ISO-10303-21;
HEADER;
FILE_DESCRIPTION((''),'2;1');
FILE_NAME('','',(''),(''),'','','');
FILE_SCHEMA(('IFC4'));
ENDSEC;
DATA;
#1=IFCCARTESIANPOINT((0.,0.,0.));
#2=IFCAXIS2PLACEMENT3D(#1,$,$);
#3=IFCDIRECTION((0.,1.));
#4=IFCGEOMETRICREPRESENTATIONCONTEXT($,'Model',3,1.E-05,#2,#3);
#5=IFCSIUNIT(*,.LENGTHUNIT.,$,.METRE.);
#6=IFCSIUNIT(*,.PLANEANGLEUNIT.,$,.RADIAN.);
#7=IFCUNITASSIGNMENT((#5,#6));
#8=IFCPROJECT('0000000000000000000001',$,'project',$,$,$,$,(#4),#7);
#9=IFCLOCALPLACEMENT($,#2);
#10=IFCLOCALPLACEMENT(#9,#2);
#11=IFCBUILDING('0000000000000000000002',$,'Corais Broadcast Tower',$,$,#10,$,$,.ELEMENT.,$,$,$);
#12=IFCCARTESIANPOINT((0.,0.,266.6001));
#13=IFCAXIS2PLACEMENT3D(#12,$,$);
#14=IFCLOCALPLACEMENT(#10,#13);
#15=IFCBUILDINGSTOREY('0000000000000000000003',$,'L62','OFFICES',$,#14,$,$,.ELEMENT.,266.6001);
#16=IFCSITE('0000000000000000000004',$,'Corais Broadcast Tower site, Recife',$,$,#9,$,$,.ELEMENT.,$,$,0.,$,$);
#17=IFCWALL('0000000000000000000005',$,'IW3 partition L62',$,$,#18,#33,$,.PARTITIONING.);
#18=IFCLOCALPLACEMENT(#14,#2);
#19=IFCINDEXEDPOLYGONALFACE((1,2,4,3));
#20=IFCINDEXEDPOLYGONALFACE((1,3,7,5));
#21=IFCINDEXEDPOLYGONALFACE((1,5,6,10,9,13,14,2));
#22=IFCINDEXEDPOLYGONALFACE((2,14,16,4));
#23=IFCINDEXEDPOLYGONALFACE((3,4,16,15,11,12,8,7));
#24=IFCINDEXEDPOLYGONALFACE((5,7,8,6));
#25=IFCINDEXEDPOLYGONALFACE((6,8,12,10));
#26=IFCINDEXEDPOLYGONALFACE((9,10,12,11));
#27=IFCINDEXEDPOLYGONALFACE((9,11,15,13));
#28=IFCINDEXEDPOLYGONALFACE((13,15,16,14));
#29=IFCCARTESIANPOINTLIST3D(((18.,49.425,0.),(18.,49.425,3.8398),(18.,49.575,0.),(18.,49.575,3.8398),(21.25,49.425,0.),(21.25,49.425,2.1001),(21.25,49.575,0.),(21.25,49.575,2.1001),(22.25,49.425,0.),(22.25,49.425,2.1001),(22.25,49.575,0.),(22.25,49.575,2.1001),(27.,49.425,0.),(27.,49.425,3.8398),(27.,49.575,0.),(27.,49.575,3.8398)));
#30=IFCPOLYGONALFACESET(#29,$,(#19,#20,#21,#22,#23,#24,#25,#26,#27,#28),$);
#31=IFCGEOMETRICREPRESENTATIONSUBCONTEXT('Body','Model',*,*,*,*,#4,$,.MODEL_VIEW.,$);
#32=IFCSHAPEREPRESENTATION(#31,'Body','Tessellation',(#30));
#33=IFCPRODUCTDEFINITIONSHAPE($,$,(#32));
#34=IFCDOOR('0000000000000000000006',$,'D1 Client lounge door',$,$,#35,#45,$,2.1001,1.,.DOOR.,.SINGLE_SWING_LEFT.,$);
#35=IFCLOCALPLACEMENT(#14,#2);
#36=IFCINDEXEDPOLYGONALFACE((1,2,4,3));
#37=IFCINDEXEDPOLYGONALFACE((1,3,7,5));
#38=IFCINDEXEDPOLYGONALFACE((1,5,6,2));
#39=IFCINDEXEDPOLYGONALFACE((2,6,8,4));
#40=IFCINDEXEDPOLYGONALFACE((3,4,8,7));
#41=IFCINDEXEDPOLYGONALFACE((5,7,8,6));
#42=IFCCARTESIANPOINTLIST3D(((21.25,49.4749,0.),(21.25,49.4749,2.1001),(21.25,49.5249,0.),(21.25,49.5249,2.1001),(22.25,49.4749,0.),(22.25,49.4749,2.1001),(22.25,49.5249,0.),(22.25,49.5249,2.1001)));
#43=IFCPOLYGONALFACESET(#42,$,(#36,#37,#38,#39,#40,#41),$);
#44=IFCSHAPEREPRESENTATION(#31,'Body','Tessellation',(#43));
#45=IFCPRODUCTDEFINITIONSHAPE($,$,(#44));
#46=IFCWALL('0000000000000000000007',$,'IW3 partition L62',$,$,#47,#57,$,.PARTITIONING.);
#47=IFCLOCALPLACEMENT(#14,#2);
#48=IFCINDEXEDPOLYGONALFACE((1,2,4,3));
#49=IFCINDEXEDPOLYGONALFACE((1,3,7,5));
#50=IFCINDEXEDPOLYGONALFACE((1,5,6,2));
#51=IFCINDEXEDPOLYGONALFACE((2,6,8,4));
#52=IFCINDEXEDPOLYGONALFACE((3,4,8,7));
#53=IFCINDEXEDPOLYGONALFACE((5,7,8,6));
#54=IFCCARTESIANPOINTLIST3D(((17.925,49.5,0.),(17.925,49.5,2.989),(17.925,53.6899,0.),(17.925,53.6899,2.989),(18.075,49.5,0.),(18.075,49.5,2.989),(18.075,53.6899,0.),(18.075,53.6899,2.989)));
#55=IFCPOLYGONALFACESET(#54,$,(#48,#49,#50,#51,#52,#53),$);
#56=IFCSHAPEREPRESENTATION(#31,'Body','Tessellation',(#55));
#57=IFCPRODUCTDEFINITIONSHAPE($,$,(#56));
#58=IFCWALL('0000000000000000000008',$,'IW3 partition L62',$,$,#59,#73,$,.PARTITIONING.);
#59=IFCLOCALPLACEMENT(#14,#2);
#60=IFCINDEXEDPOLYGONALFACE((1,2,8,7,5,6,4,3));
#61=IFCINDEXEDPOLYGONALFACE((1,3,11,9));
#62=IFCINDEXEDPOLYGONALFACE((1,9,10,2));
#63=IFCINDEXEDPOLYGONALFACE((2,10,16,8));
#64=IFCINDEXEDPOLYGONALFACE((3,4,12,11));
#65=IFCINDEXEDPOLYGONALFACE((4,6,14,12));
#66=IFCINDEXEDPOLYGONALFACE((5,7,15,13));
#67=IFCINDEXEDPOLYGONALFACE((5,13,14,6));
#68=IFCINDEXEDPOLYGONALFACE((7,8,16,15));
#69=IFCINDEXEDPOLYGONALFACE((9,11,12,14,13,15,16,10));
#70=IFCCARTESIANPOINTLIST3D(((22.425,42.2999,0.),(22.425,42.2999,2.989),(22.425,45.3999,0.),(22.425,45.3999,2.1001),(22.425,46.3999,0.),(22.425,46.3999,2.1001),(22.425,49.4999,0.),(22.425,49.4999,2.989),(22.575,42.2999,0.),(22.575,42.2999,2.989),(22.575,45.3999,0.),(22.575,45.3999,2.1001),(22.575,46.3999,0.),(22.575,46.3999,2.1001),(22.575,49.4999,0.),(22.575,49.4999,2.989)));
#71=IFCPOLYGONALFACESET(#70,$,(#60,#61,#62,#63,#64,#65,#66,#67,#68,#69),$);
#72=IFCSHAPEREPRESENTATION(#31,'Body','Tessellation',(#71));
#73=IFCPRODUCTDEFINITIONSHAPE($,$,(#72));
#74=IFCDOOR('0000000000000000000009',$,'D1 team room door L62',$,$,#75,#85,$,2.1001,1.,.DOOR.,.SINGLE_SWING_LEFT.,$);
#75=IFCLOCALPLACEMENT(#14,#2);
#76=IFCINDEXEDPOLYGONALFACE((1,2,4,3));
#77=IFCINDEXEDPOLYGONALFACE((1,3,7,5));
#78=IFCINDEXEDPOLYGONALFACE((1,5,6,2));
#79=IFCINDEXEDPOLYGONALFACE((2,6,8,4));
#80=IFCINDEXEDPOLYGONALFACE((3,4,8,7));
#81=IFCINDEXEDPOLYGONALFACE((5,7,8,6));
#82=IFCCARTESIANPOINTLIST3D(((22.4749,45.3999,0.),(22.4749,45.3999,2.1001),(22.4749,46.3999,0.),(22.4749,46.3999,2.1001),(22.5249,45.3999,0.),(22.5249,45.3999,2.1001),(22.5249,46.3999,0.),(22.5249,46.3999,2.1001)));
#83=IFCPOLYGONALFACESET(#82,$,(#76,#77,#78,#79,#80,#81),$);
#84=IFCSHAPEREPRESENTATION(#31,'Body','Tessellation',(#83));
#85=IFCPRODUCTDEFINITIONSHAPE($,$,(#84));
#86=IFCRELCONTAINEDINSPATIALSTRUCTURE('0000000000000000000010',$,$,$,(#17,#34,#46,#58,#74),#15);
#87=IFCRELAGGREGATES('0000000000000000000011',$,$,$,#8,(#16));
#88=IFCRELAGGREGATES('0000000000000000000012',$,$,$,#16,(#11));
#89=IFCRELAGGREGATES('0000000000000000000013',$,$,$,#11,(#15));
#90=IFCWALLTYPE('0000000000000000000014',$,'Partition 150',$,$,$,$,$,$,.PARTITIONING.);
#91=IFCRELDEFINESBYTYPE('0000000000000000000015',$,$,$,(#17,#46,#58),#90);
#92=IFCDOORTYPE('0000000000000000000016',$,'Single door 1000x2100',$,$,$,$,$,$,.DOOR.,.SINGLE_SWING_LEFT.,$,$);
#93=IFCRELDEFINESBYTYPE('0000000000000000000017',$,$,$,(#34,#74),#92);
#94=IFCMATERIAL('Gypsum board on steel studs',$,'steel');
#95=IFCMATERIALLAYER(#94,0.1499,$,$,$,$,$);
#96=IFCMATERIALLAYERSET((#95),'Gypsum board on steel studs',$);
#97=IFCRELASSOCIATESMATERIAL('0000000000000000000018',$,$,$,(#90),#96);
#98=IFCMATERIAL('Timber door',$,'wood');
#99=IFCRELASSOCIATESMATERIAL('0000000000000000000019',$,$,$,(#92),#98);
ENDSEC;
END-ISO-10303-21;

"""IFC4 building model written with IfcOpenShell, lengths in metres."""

from ifc_helpers import new_model, si_unit, direction, frame, frame_2d, origin, place, context, subcontext, project, spatial, rectangle, extrude, material, layer, layer_set, type_object, element, fill, save


model = new_model("IFC4")

# Units and contexts
model_context = context("Model", 3, precision=1e-05, world=origin(), true_north=direction((0.0, 1.0)))
body_context = subcontext(model_context, "Body", "Model", "MODEL_VIEW")
ifc_project = project(units=[si_unit("LENGTHUNIT", "METRE"), si_unit("PLANEANGLEUNIT", "RADIAN")], contexts=[model_context])

# Site, building, storey
site_placement = place(None, origin())
site = spatial("IfcSite", under=ifc_project, at=site_placement, Name="Corais Broadcast Tower site, Recife", CompositionType="ELEMENT", RefElevation=0.0)
building_placement = place(site_placement, origin())
building = spatial("IfcBuilding", under=site, at=building_placement, Name="Corais Broadcast Tower", CompositionType="ELEMENT")
storey_placement = place(building_placement, frame((0.0, 0.0, 266.6001)))
storey = spatial("IfcBuildingStorey", under=building, at=storey_placement, Name="L62", Description="OFFICES", CompositionType="ELEMENT", Elevation=266.6001)

# Wall, opening, door
ifc_material_1 = material(Name="Gypsum board on steel studs", Category="steel")
ifc_layer_1 = layer(ifc_material_1, 0.1499)
ifc_layer_set_1 = layer_set([ifc_layer_1], Name="Gypsum board on steel studs")
wall_type = type_object("IfcWallType", Name="Partition 150", PredefinedType="PARTITIONING", material=ifc_layer_set_1)
wall_1_placement = place(storey_placement, frame((18.0, 49.5, 0.0), z_axis=(0.0, 0.0, 1.0), x_axis=(1.0, 0.0, 0.0)))
wall_1 = element("IfcWall", 1, at=wall_1_placement, inside=storey, type_object=wall_type, Name="IW3 partition L62", PredefinedType="PARTITIONING", context=body_context, shape_type="SweptSolid", body=[
    extrude(rectangle(XDim=9.0, YDim=0.1499, at=frame_2d((4.5, 0.0))), origin(), (0.0, 0.0, 1.0), 3.8398),
])
opening_1_placement = place(wall_1_placement, frame((3.25, 0.0, 0.0)))
opening_1 = element("IfcOpeningElement", 2, at=opening_1_placement, cuts=wall_1, PredefinedType="OPENING", context=body_context, shape_type="SweptSolid", body=[
    extrude(rectangle(XDim=1.0, YDim=2.1001, at=frame_2d((0.5, 1.05))), frame((0.0, 0.085, 0.0), z_axis=(0.0, -1.0, 0.0), x_axis=(1.0, 0.0, 0.0)), (0.0, 0.0, 1.0), 0.1699),
])
ifc_material_2 = material(Name="Timber door", Category="wood")
door_type = type_object("IfcDoorType", Name="Single door 1000x2100", OperationType="SINGLE_SWING_LEFT", PredefinedType="DOOR", material=ifc_material_2)
door_1_placement = place(opening_1_placement, origin())
door_1 = element("IfcDoor", 3, at=door_1_placement, inside=storey, type_object=door_type, Name="D1 Client lounge door", OperationType="SINGLE_SWING_LEFT", OverallHeight=2.1001, OverallWidth=1.0, PredefinedType="DOOR", context=body_context, shape_type="SweptSolid", body=[
    extrude(rectangle(XDim=1.0, YDim=2.1001, at=frame_2d((0.5, 1.05))), frame((0.0, 0.0249, 0.0), z_axis=(0.0, -1.0, 0.0), x_axis=(1.0, 0.0, 0.0)), (0.0, 0.0, 1.0), 0.05),
])
fill(opening_1, door_1)

# Wall
wall_2_placement = place(storey_placement, frame((18.0, 53.6899, 0.0), z_axis=(0.0, 0.0, 1.0), x_axis=(0.0, -1.0, 0.0)))
element("IfcWall", 4, at=wall_2_placement, inside=storey, type_object=wall_type, Name="IW3 partition L62", PredefinedType="PARTITIONING", context=body_context, shape_type="SweptSolid", body=[
    extrude(rectangle(XDim=4.1899, YDim=0.1499, at=frame_2d((2.095, 0.0))), origin(), (0.0, 0.0, 1.0), 2.989),
])

# Wall, opening, door
wall_3_placement = place(storey_placement, frame((22.5, 49.5, 0.0), z_axis=(0.0, 0.0, 1.0), x_axis=(0.0, -1.0, 0.0)))
wall_3 = element("IfcWall", 5, at=wall_3_placement, inside=storey, type_object=wall_type, Name="IW3 partition L62", PredefinedType="PARTITIONING", context=body_context, shape_type="SweptSolid", body=[
    extrude(rectangle(XDim=7.2, YDim=0.1499, at=frame_2d((3.6001, 0.0))), origin(), (0.0, 0.0, 1.0), 2.989),
])
opening_2_placement = place(wall_3_placement, frame((3.1001, 0.0, 0.0)))
opening_2 = element("IfcOpeningElement", 6, at=opening_2_placement, cuts=wall_3, PredefinedType="OPENING", context=body_context, shape_type="SweptSolid", body=[
    extrude(rectangle(XDim=1.0, YDim=2.1001, at=frame_2d((0.5, 1.05))), frame((0.0, 0.085, 0.0), z_axis=(0.0, -1.0, 0.0), x_axis=(1.0, 0.0, 0.0)), (0.0, 0.0, 1.0), 0.1699),
])
door_2_placement = place(opening_2_placement, origin())
door_2 = element("IfcDoor", 7, at=door_2_placement, inside=storey, type_object=door_type, Name="D1 team room door L62", OperationType="SINGLE_SWING_LEFT", OverallHeight=2.1001, OverallWidth=1.0, PredefinedType="DOOR", context=body_context, shape_type="SweptSolid", body=[
    extrude(rectangle(XDim=1.0, YDim=2.1001, at=frame_2d((0.5, 1.05))), frame((0.0, 0.0249, 0.0), z_axis=(0.0, -1.0, 0.0), x_axis=(1.0, 0.0, 0.0)), (0.0, 0.0, 1.0), 0.05),
])
fill(opening_2, door_2)

save(model, "model.ifc")
